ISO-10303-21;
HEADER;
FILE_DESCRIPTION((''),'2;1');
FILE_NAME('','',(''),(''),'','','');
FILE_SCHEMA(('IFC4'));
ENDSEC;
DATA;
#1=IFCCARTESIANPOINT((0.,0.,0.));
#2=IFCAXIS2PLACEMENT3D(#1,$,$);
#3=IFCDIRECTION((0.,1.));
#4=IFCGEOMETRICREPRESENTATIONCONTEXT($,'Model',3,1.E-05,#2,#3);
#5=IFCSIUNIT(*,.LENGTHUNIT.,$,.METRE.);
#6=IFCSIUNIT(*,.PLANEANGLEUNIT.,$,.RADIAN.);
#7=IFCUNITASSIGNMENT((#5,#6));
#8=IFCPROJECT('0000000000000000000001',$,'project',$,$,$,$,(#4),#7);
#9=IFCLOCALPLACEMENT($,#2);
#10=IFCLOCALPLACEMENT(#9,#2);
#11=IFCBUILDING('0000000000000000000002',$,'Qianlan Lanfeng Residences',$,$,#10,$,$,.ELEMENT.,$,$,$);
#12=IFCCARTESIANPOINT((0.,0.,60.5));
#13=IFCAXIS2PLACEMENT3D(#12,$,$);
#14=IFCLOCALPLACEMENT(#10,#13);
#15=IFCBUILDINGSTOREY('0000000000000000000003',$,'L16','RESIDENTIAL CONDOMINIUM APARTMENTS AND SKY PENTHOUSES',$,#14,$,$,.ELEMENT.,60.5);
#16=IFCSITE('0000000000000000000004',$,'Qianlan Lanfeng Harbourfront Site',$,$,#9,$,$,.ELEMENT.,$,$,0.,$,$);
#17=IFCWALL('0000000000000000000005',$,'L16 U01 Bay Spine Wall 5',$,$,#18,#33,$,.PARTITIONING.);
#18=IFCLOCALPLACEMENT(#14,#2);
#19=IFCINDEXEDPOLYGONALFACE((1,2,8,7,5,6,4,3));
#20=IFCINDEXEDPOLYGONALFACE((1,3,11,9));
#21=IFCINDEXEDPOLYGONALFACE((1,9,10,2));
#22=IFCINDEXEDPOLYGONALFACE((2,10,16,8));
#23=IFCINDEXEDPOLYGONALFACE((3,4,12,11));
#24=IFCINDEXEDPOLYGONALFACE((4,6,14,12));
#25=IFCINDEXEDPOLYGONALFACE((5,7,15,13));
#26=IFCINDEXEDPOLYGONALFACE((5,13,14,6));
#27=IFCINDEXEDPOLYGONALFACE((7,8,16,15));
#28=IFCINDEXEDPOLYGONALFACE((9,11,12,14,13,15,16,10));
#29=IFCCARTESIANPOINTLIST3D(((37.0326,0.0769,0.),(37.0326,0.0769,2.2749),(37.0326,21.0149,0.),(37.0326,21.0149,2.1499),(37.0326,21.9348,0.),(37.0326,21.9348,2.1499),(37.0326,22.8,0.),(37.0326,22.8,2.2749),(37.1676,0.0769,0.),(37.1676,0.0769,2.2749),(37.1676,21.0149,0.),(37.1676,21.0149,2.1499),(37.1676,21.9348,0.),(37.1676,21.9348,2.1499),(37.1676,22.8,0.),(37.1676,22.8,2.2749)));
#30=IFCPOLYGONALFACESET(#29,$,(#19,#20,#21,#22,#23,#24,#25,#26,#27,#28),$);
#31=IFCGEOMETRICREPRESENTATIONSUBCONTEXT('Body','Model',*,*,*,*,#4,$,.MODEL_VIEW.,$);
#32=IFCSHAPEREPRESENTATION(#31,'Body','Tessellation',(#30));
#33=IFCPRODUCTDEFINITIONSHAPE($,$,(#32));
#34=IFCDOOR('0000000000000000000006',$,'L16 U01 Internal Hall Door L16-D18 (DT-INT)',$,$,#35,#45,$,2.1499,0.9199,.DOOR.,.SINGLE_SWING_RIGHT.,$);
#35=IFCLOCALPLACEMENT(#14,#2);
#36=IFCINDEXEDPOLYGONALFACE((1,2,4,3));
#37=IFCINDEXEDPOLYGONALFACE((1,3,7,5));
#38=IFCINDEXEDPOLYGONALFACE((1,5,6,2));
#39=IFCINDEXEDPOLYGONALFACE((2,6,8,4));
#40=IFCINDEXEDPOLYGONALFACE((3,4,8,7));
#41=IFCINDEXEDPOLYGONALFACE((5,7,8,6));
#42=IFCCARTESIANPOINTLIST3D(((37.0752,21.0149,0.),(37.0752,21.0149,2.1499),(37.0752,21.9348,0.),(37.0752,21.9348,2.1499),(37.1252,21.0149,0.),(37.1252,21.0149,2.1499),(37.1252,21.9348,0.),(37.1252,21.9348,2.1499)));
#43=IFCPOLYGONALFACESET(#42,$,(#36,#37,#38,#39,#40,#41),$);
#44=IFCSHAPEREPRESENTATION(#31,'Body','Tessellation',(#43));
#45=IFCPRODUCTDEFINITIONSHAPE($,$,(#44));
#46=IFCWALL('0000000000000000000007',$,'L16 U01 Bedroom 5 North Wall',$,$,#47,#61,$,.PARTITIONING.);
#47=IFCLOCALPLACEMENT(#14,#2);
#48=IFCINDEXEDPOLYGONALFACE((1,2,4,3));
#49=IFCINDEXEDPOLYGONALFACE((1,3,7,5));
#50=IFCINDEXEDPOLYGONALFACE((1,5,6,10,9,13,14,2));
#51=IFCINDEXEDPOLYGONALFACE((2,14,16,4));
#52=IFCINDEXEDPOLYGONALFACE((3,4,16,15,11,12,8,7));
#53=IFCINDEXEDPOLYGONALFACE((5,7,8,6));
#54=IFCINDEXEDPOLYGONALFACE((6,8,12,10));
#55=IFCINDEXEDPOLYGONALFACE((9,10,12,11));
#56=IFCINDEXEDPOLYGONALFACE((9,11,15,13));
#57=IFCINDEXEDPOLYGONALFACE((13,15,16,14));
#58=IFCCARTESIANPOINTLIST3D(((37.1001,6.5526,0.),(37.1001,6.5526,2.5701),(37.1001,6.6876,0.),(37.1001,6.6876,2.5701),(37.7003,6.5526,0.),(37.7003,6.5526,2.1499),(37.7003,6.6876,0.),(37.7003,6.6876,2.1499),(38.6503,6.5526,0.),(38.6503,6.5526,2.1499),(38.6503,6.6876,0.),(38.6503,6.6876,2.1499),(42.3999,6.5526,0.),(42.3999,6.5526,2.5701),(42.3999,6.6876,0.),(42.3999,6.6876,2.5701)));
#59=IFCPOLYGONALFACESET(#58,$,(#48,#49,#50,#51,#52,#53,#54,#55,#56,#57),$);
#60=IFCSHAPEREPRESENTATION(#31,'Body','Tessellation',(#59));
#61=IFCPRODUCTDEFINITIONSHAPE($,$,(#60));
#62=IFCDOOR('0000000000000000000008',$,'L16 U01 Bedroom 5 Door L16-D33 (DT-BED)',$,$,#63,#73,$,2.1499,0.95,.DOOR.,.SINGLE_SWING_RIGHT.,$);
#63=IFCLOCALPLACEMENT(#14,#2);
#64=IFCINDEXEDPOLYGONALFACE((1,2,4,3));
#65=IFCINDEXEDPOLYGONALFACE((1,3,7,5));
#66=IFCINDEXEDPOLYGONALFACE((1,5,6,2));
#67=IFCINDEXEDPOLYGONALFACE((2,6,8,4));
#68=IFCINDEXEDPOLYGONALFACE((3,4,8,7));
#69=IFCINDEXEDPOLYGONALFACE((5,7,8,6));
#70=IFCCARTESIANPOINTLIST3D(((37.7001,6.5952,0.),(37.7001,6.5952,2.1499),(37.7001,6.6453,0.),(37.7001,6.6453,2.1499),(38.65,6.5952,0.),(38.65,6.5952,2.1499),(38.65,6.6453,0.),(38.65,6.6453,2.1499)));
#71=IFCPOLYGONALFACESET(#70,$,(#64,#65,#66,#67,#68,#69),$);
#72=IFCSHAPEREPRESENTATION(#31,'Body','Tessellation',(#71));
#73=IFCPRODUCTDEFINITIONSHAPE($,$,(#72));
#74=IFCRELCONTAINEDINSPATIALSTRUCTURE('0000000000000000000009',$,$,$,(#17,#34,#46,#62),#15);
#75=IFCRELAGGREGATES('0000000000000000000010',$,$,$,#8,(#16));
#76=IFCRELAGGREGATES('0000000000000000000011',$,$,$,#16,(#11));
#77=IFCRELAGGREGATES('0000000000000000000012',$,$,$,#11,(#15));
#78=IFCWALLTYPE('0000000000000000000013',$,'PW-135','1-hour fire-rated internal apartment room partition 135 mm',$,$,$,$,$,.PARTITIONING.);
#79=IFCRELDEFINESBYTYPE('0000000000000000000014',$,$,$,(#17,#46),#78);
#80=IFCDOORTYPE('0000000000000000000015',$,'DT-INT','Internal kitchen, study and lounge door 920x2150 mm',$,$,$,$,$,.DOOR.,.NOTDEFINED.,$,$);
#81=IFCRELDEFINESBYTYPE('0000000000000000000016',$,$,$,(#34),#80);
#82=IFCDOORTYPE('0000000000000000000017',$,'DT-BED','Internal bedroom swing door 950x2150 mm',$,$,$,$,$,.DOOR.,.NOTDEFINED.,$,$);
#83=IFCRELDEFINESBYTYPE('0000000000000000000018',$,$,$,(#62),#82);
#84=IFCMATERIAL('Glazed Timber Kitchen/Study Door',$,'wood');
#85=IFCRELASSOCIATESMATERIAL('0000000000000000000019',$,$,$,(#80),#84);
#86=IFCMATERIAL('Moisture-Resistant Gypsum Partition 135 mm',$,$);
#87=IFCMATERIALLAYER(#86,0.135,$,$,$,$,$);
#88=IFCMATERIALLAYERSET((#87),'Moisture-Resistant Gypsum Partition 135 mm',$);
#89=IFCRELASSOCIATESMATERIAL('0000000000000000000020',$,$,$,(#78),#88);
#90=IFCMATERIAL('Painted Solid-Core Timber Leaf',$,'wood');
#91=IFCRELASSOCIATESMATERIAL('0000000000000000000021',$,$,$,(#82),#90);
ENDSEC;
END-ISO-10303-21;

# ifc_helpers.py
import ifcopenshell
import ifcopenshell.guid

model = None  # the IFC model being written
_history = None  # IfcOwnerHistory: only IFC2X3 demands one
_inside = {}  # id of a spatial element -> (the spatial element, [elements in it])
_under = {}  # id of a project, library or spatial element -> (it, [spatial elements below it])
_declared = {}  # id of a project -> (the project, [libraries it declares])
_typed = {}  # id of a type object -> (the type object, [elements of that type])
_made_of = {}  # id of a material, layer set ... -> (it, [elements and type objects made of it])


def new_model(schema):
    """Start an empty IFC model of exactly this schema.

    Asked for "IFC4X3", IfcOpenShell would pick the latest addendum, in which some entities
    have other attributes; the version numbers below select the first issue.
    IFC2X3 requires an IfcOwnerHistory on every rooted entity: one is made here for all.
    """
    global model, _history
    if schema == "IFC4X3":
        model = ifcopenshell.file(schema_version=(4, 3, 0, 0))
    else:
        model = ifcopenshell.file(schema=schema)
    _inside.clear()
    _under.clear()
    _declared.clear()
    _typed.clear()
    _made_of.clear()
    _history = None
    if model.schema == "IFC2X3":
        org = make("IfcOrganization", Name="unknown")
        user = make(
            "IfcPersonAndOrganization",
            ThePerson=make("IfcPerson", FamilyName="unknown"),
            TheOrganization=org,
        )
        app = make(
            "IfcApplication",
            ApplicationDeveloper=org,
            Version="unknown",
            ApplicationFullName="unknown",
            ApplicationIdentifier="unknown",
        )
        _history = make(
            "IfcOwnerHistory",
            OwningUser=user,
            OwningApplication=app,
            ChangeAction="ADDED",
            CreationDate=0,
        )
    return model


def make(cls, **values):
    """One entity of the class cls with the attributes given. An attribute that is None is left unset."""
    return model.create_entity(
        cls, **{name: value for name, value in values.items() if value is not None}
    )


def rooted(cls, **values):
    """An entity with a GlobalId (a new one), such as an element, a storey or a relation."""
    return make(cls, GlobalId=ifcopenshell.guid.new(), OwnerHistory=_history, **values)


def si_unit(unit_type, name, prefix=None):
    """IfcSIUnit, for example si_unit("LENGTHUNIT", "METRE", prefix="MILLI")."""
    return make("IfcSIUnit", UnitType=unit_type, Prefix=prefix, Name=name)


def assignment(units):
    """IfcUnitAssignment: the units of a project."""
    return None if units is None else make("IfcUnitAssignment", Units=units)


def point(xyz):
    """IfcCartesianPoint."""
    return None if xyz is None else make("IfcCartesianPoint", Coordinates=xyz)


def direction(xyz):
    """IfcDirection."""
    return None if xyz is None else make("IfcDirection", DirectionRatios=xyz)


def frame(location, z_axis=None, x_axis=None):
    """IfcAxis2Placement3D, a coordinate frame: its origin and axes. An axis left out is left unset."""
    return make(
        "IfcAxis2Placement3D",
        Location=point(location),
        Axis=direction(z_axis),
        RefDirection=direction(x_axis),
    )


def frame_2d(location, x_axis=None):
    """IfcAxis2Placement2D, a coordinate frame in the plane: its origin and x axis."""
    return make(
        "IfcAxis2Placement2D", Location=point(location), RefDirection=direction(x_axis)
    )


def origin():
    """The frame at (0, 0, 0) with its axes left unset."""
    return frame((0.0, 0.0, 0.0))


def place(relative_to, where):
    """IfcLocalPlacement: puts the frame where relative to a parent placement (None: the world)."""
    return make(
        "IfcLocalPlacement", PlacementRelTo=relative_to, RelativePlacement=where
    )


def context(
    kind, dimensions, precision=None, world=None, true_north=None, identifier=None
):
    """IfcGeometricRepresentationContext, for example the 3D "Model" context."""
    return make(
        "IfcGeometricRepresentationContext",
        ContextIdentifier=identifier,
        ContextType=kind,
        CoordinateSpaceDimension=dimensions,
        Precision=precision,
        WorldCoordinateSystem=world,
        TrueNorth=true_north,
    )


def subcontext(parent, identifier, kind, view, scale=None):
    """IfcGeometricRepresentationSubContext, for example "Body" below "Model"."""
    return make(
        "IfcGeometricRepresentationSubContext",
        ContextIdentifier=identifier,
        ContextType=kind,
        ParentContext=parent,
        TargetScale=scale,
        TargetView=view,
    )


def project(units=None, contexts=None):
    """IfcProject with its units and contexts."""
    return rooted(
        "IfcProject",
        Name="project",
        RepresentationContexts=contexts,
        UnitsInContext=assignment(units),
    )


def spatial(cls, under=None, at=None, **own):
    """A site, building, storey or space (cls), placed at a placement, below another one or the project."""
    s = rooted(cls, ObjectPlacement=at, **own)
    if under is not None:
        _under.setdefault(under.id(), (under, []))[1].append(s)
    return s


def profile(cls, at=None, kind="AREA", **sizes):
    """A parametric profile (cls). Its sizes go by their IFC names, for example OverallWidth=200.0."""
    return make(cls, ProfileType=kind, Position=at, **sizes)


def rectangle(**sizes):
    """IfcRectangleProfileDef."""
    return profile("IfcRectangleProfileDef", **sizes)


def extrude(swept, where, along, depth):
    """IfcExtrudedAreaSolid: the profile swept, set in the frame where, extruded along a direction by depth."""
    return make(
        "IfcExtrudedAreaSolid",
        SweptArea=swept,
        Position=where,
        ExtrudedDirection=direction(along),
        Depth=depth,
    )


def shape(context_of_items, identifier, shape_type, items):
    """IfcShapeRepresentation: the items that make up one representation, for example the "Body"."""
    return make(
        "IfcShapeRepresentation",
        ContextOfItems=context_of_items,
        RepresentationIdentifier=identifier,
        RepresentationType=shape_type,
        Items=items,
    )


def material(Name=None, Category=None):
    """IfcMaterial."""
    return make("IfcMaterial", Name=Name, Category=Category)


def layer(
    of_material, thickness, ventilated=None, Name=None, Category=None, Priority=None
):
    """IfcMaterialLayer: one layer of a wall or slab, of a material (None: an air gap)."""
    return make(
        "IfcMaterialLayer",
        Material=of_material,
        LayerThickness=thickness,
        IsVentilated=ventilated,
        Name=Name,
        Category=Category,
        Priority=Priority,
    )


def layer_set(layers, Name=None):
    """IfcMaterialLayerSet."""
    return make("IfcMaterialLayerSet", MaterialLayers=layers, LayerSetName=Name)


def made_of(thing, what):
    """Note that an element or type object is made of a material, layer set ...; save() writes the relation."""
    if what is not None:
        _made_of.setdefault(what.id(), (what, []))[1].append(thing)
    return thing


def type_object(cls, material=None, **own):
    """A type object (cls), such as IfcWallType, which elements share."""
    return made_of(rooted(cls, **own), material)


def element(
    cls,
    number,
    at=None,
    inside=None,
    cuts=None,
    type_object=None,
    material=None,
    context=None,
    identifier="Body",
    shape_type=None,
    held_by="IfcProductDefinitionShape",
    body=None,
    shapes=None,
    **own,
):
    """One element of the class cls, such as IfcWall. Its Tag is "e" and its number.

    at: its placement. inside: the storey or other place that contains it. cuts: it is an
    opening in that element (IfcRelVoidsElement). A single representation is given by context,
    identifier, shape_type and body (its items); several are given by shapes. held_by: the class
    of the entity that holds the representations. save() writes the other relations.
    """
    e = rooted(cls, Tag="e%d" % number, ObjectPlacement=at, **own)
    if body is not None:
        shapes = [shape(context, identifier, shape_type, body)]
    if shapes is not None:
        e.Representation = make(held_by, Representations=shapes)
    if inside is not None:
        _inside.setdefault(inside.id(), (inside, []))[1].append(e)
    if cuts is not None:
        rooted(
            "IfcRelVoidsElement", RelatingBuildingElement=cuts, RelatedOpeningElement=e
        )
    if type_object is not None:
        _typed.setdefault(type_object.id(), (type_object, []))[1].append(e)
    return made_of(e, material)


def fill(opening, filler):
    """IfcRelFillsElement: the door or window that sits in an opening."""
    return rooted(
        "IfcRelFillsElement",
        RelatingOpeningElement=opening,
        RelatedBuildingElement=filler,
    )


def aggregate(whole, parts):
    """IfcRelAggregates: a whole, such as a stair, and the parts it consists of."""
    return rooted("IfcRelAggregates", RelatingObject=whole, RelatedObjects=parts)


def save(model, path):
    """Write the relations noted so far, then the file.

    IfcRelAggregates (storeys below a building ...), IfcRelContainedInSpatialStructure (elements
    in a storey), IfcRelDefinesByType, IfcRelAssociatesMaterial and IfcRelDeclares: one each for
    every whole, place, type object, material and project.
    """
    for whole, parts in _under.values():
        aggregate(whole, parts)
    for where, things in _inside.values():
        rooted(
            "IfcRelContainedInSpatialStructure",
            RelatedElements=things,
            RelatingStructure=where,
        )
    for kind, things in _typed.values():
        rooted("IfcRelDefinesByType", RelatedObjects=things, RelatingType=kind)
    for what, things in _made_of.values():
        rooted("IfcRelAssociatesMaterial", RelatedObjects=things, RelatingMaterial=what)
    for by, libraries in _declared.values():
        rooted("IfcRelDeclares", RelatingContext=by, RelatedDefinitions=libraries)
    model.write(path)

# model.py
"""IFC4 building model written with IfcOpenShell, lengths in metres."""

from ifc_helpers import new_model, si_unit, direction, frame, frame_2d, origin, place, context, subcontext, project, spatial, rectangle, extrude, material, layer, layer_set, type_object, element, fill, save


model = new_model("IFC4")

# Units and contexts
model_context = context("Model", 3, precision=1e-05, world=origin(), true_north=direction((0.0, 1.0)))
body_context = subcontext(model_context, "Body", "Model", "MODEL_VIEW")
ifc_project = project(units=[si_unit("LENGTHUNIT", "METRE"), si_unit("PLANEANGLEUNIT", "RADIAN")], contexts=[model_context])

# Site, building, storey
site_placement = place(None, origin())
site = spatial("IfcSite", under=ifc_project, at=site_placement, Name="Qianlan Lanfeng Harbourfront Site", CompositionType="ELEMENT", RefElevation=0.0)
building_placement = place(site_placement, origin())
building = spatial("IfcBuilding", under=site, at=building_placement, Name="Qianlan Lanfeng Residences", CompositionType="ELEMENT")
storey_placement = place(building_placement, frame((0.0, 0.0, 60.5)))
storey = spatial("IfcBuildingStorey", under=building, at=storey_placement, Name="L16", Description="RESIDENTIAL CONDOMINIUM APARTMENTS AND SKY PENTHOUSES", CompositionType="ELEMENT", Elevation=60.5)

# Shared definitions
ifc_material_1 = material(Name="Glazed Timber Kitchen/Study Door", Category="wood")
door_type_1 = type_object("IfcDoorType", Name="DT-INT", Description="Internal kitchen, study and lounge door 920x2150 mm", OperationType="NOTDEFINED", PredefinedType="DOOR", material=ifc_material_1)

# Walls, openings, doors
ifc_material_2 = material(Name="Moisture-Resistant Gypsum Partition 135 mm")
ifc_layer_1 = layer(ifc_material_2, 0.135)
ifc_layer_set_1 = layer_set([ifc_layer_1], Name="Moisture-Resistant Gypsum Partition 135 mm")
wall_type_1 = type_object("IfcWallType", Name="PW-135", Description="1-hour fire-rated internal apartment room partition 135 mm", PredefinedType="PARTITIONING", material=ifc_layer_set_1)
wall_1_placement = place(storey_placement, frame((37.1001, 0.0769, 0.0), z_axis=(0.0, 0.0, 1.0), x_axis=(0.0, 1.0, 0.0)))
wall_1 = element("IfcWall", 1, at=wall_1_placement, inside=storey, type_object=wall_type_1, Name="L16 U01 Bay Spine Wall 5", PredefinedType="PARTITIONING", context=body_context, shape_type="SweptSolid", body=[
    extrude(rectangle(XDim=22.7231, YDim=0.135, at=frame_2d((11.3616, 0.0))), origin(), (0.0, 0.0, 1.0), 2.2749),
])
opening_1_placement = place(wall_1_placement, frame((20.938, 0.0, 0.0)))
opening_1 = element("IfcOpeningElement", 2, at=opening_1_placement, cuts=wall_1, PredefinedType="OPENING", context=body_context, shape_type="SweptSolid", body=[
    extrude(rectangle(XDim=0.9199, YDim=2.1499, at=frame_2d((0.46, 1.075))), frame((0.0, 0.0776, 0.0), z_axis=(0.0, -1.0, 0.0), x_axis=(1.0, 0.0, 0.0)), (0.0, 0.0, 1.0), 0.155),
])
door_1_placement = place(opening_1_placement, origin())
door_1 = element("IfcDoor", 3, at=door_1_placement, inside=storey, type_object=door_type_1, Name="L16 U01 Internal Hall Door L16-D18 (DT-INT)", OperationType="SINGLE_SWING_RIGHT", OverallHeight=2.1499, OverallWidth=0.9199, PredefinedType="DOOR", context=body_context, shape_type="SweptSolid", body=[
    extrude(rectangle(XDim=0.9199, YDim=2.1499, at=frame_2d((0.46, 1.075))), frame((0.0, 0.0249, 0.0), z_axis=(0.0, -1.0, 0.0), x_axis=(1.0, 0.0, 0.0)), (0.0, 0.0, 1.0), 0.05),
])
fill(opening_1, door_1)
wall_2_placement = place(storey_placement, frame((37.1001, 6.6201, 0.0), z_axis=(0.0, 0.0, 1.0), x_axis=(1.0, 0.0, 0.0)))
wall_2 = element("IfcWall", 4, at=wall_2_placement, inside=storey, type_object=wall_type_1, Name="L16 U01 Bedroom 5 North Wall", PredefinedType="PARTITIONING", context=body_context, shape_type="SweptSolid", body=[
    extrude(rectangle(XDim=5.2998, YDim=0.135, at=frame_2d((2.6499, 0.0))), origin(), (0.0, 0.0, 1.0), 2.5701),
])
opening_2_placement = place(wall_2_placement, frame((0.6001, 0.0, 0.0)))
opening_2 = element("IfcOpeningElement", 5, at=opening_2_placement, cuts=wall_2, PredefinedType="OPENING", context=body_context, shape_type="SweptSolid", body=[
    extrude(rectangle(XDim=0.95, YDim=2.1499, at=frame_2d((0.4751, 1.075))), frame((0.0, 0.0776, 0.0), z_axis=(0.0, -1.0, 0.0), x_axis=(1.0, 0.0, 0.0)), (0.0, 0.0, 1.0), 0.155),
])
ifc_material_3 = material(Name="Painted Solid-Core Timber Leaf", Category="wood")
door_type_2 = type_object("IfcDoorType", Name="DT-BED", Description="Internal bedroom swing door 950x2150 mm", OperationType="NOTDEFINED", PredefinedType="DOOR", material=ifc_material_3)
door_2_placement = place(opening_2_placement, frame((0.95, 0.0, 0.0), z_axis=(0.0, 0.0, 1.0), x_axis=(-1.0, 0.0, 0.0)))
door_2 = element("IfcDoor", 6, at=door_2_placement, inside=storey, type_object=door_type_2, Name="L16 U01 Bedroom 5 Door L16-D33 (DT-BED)", OperationType="SINGLE_SWING_RIGHT", OverallHeight=2.1499, OverallWidth=0.95, PredefinedType="DOOR", context=body_context, shape_type="SweptSolid", body=[
    extrude(rectangle(XDim=0.95, YDim=2.1499, at=frame_2d((0.4751, 1.075))), frame((0.0, 0.0249, 0.0), z_axis=(0.0, -1.0, 0.0), x_axis=(1.0, 0.0, 0.0)), (0.0, 0.0, 1.0), 0.05),
])
fill(opening_2, door_2)

save(model, "model.ifc")
